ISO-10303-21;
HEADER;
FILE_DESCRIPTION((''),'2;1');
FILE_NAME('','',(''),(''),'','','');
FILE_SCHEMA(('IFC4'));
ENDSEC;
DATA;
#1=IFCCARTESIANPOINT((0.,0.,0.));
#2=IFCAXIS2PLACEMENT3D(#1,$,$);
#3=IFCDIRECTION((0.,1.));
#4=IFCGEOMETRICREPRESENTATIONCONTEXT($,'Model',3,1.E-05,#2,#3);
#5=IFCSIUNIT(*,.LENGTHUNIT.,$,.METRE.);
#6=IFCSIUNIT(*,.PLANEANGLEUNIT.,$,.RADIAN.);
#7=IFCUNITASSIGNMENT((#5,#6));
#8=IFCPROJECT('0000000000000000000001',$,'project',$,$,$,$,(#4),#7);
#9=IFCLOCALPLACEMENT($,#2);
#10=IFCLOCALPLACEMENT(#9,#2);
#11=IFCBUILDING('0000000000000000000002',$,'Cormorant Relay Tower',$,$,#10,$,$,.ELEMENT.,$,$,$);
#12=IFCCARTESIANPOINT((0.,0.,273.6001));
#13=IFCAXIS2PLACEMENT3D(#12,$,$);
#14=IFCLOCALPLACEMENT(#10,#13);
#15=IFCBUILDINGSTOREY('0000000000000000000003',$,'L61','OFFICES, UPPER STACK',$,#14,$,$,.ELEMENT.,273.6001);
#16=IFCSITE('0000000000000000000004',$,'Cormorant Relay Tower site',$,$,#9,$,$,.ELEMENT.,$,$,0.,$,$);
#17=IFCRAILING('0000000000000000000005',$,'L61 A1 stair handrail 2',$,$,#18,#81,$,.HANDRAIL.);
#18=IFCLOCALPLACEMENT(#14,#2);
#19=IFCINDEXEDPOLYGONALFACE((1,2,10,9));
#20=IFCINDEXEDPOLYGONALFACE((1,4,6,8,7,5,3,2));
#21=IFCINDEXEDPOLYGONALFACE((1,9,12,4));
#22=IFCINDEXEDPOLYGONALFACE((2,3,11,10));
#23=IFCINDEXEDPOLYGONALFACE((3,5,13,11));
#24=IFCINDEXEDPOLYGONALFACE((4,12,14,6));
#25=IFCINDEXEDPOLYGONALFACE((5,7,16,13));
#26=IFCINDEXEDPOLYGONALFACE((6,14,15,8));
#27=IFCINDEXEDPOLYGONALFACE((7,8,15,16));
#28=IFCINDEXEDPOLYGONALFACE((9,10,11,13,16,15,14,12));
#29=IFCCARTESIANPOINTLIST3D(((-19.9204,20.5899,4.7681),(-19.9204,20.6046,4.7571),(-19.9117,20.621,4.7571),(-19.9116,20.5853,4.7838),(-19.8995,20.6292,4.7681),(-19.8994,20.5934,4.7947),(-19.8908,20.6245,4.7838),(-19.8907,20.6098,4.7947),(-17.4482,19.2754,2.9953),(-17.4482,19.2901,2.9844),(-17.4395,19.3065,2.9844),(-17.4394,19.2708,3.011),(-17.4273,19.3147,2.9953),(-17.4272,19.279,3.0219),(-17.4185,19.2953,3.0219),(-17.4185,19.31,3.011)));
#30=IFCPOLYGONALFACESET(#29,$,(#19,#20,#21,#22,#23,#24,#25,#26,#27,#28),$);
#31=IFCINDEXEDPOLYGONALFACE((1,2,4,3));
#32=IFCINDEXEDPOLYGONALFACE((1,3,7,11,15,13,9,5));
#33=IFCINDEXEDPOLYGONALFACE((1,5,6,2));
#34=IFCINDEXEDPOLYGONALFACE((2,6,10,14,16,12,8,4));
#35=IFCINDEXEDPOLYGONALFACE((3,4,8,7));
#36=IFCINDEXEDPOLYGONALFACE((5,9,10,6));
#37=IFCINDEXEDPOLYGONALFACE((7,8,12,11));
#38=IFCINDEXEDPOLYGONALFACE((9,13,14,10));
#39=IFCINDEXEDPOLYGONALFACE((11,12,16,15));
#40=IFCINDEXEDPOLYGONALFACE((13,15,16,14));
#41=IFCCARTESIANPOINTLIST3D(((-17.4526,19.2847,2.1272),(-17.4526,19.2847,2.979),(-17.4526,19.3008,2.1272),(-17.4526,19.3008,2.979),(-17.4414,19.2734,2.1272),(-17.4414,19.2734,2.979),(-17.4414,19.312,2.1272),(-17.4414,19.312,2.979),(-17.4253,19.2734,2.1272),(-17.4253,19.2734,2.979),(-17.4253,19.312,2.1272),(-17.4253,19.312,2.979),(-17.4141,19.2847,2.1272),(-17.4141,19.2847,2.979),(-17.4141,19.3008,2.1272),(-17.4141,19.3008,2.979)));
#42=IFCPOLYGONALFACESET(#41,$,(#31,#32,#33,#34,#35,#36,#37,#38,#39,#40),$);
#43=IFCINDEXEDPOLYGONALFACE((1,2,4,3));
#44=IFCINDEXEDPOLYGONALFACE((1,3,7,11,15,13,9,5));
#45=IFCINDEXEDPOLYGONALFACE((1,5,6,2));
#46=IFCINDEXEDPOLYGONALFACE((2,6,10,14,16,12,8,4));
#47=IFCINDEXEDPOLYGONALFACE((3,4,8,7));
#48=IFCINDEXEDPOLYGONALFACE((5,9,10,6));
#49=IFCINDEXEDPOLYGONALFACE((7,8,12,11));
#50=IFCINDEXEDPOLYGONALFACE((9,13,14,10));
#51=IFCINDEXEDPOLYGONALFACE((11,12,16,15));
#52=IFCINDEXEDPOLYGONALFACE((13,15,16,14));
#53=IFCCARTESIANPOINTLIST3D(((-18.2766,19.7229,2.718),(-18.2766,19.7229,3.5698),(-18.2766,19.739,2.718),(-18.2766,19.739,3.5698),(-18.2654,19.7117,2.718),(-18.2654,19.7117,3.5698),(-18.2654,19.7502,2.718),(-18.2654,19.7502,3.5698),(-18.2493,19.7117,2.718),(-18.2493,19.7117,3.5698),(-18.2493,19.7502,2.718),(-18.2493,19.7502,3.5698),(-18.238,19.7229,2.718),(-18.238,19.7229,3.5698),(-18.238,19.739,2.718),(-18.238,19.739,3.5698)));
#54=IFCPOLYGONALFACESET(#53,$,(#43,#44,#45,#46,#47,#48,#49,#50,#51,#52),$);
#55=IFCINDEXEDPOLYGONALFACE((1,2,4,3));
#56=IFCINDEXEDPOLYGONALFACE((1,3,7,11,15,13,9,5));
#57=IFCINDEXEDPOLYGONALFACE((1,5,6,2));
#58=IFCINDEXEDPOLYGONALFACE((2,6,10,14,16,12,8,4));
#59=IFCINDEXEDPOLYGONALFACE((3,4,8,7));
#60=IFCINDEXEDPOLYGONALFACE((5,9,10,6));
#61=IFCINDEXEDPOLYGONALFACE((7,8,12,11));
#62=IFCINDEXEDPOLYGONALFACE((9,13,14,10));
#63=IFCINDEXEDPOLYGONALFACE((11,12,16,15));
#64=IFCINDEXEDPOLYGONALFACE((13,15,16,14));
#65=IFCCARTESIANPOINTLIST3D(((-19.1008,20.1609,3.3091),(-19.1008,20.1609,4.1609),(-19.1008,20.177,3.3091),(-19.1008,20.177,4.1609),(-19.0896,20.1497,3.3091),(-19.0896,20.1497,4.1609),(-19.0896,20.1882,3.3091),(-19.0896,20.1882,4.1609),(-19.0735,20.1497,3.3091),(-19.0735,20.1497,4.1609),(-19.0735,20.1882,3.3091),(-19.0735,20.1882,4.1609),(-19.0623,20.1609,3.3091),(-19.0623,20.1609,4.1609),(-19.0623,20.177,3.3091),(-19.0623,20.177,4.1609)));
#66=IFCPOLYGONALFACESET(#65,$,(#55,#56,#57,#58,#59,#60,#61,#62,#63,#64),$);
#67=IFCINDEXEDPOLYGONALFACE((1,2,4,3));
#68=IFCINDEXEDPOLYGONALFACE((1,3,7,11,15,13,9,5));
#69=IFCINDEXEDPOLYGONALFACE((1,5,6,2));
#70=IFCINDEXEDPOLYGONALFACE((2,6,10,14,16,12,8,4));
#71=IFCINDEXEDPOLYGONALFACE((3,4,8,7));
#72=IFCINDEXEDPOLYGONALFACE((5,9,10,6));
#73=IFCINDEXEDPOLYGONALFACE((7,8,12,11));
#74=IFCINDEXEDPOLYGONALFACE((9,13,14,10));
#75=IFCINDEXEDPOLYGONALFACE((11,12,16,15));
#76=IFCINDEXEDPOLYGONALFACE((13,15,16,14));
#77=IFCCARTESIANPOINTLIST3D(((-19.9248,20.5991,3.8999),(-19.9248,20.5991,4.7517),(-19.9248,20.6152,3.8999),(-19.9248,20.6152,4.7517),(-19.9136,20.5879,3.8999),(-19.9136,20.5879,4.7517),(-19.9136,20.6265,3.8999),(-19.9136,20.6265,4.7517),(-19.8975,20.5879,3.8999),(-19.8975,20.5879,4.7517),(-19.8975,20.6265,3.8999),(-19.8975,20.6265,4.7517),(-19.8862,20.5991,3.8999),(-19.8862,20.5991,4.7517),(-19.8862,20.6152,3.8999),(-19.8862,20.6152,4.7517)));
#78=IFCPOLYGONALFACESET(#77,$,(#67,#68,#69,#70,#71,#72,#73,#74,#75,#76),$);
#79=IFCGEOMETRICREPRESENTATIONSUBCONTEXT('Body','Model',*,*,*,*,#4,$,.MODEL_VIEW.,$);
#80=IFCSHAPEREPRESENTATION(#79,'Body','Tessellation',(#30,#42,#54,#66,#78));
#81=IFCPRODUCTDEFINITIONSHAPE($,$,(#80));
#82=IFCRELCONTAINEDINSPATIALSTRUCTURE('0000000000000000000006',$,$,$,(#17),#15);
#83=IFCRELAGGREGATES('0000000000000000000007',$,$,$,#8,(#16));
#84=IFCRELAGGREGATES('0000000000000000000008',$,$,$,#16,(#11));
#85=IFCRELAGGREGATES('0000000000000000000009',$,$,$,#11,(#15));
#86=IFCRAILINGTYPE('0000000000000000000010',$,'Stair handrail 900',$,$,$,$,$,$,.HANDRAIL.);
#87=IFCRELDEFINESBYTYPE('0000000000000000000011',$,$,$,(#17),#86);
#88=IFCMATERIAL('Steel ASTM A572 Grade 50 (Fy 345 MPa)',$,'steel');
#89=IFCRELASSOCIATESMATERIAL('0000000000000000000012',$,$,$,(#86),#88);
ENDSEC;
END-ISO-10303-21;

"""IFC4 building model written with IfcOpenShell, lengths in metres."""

from ifc_helpers import new_model, si_unit, direction, frame, origin, place, context, subcontext, project, spatial, polyline, outline, extrude, material, type_object, element, save


model = new_model("IFC4")

# Units and contexts
model_context = context("Model", 3, precision=1e-05, world=origin(), true_north=direction((0.0, 1.0)))
body_context = subcontext(model_context, "Body", "Model", "MODEL_VIEW")
ifc_project = project(units=[si_unit("LENGTHUNIT", "METRE"), si_unit("PLANEANGLEUNIT", "RADIAN")], contexts=[model_context])

# Site, building, storey
site_placement = place(None, origin())
site = spatial("IfcSite", under=ifc_project, at=site_placement, Name="Cormorant Relay Tower site", CompositionType="ELEMENT", RefElevation=0.0)
building_placement = place(site_placement, origin())
building = spatial("IfcBuilding", under=site, at=building_placement, Name="Cormorant Relay Tower", CompositionType="ELEMENT")
storey_placement = place(building_placement, frame((0.0, 0.0, 273.6001)))
storey = spatial("IfcBuildingStorey", under=building, at=storey_placement, Name="L61", Description="OFFICES, UPPER STACK", CompositionType="ELEMENT", Elevation=273.6001)

# Railing
ifc_material_1 = material(Name="Steel ASTM A572 Grade 50 (Fy 345 MPa)", Category="steel")
railing_type_1 = type_object("IfcRailingType", Name="Stair handrail 900", PredefinedType="HANDRAIL", material=ifc_material_1)
railing_1_placement = place(storey_placement, frame((-17.4333, 19.2927, 2.1272)))
element("IfcRailing", 1, at=railing_1_placement, inside=storey, type_object=railing_type_1, Name="L61 A1 stair handrail 2", PredefinedType="HANDRAIL", context=body_context, shape_type="SweptSolid", body=[
    extrude(outline(polyline([(0.0222, 0.0093), (0.0093, 0.0222), (-0.0093, 0.0222), (-0.0222, 0.0093), (-0.0222, -0.0093), (-0.0093, -0.0222), (0.0093, -0.0222), (0.0222, -0.0093), (0.0222, 0.0093)])), frame((0.0, 0.0, 0.876), z_axis=(-0.746001, 0.396649, 0.534931), x_axis=(-0.469465, -0.882951, 0.0)), (0.0, 0.0, 1.0), 3.314),
    extrude(outline(polyline([(0.0193, 0.0081), (0.0081, 0.0193), (-0.0081, 0.0193), (-0.0193, 0.0081), (-0.0193, -0.0081), (-0.0081, -0.0193), (0.0081, -0.0193), (0.0193, -0.0081), (0.0193, 0.0081)])), origin(), (0.0, 0.0, 1.0), 0.8518),
    extrude(outline(polyline([(0.0193, 0.0081), (0.0081, 0.0193), (-0.0081, 0.0193), (-0.0193, 0.0081), (-0.0193, -0.0081), (-0.0081, -0.0193), (0.0081, -0.0193), (0.0193, -0.0081), (0.0193, 0.0081)])), frame((-0.824, 0.4382, 0.5908)), (0.0, 0.0, 1.0), 0.8518),
    extrude(outline(polyline([(0.0193, 0.0081), (0.0081, 0.0193), (-0.0081, 0.0193), (-0.0193, 0.0081), (-0.0193, -0.0081), (-0.0081, -0.0193), (0.0081, -0.0193), (0.0193, -0.0081), (0.0193, 0.0081)])), frame((-1.6482, 0.8762, 1.1819)), (0.0, 0.0, 1.0), 0.8518),
    extrude(outline(polyline([(0.0193, 0.0081), (0.0081, 0.0193), (-0.0081, 0.0193), (-0.0193, 0.0081), (-0.0193, -0.0081), (-0.0081, -0.0193), (0.0081, -0.0193), (0.0193, -0.0081), (0.0193, 0.0081)])), frame((-2.4722, 1.3145, 1.7727)), (0.0, 0.0, 1.0), 0.8518),
])

save(model, "model.ifc")
